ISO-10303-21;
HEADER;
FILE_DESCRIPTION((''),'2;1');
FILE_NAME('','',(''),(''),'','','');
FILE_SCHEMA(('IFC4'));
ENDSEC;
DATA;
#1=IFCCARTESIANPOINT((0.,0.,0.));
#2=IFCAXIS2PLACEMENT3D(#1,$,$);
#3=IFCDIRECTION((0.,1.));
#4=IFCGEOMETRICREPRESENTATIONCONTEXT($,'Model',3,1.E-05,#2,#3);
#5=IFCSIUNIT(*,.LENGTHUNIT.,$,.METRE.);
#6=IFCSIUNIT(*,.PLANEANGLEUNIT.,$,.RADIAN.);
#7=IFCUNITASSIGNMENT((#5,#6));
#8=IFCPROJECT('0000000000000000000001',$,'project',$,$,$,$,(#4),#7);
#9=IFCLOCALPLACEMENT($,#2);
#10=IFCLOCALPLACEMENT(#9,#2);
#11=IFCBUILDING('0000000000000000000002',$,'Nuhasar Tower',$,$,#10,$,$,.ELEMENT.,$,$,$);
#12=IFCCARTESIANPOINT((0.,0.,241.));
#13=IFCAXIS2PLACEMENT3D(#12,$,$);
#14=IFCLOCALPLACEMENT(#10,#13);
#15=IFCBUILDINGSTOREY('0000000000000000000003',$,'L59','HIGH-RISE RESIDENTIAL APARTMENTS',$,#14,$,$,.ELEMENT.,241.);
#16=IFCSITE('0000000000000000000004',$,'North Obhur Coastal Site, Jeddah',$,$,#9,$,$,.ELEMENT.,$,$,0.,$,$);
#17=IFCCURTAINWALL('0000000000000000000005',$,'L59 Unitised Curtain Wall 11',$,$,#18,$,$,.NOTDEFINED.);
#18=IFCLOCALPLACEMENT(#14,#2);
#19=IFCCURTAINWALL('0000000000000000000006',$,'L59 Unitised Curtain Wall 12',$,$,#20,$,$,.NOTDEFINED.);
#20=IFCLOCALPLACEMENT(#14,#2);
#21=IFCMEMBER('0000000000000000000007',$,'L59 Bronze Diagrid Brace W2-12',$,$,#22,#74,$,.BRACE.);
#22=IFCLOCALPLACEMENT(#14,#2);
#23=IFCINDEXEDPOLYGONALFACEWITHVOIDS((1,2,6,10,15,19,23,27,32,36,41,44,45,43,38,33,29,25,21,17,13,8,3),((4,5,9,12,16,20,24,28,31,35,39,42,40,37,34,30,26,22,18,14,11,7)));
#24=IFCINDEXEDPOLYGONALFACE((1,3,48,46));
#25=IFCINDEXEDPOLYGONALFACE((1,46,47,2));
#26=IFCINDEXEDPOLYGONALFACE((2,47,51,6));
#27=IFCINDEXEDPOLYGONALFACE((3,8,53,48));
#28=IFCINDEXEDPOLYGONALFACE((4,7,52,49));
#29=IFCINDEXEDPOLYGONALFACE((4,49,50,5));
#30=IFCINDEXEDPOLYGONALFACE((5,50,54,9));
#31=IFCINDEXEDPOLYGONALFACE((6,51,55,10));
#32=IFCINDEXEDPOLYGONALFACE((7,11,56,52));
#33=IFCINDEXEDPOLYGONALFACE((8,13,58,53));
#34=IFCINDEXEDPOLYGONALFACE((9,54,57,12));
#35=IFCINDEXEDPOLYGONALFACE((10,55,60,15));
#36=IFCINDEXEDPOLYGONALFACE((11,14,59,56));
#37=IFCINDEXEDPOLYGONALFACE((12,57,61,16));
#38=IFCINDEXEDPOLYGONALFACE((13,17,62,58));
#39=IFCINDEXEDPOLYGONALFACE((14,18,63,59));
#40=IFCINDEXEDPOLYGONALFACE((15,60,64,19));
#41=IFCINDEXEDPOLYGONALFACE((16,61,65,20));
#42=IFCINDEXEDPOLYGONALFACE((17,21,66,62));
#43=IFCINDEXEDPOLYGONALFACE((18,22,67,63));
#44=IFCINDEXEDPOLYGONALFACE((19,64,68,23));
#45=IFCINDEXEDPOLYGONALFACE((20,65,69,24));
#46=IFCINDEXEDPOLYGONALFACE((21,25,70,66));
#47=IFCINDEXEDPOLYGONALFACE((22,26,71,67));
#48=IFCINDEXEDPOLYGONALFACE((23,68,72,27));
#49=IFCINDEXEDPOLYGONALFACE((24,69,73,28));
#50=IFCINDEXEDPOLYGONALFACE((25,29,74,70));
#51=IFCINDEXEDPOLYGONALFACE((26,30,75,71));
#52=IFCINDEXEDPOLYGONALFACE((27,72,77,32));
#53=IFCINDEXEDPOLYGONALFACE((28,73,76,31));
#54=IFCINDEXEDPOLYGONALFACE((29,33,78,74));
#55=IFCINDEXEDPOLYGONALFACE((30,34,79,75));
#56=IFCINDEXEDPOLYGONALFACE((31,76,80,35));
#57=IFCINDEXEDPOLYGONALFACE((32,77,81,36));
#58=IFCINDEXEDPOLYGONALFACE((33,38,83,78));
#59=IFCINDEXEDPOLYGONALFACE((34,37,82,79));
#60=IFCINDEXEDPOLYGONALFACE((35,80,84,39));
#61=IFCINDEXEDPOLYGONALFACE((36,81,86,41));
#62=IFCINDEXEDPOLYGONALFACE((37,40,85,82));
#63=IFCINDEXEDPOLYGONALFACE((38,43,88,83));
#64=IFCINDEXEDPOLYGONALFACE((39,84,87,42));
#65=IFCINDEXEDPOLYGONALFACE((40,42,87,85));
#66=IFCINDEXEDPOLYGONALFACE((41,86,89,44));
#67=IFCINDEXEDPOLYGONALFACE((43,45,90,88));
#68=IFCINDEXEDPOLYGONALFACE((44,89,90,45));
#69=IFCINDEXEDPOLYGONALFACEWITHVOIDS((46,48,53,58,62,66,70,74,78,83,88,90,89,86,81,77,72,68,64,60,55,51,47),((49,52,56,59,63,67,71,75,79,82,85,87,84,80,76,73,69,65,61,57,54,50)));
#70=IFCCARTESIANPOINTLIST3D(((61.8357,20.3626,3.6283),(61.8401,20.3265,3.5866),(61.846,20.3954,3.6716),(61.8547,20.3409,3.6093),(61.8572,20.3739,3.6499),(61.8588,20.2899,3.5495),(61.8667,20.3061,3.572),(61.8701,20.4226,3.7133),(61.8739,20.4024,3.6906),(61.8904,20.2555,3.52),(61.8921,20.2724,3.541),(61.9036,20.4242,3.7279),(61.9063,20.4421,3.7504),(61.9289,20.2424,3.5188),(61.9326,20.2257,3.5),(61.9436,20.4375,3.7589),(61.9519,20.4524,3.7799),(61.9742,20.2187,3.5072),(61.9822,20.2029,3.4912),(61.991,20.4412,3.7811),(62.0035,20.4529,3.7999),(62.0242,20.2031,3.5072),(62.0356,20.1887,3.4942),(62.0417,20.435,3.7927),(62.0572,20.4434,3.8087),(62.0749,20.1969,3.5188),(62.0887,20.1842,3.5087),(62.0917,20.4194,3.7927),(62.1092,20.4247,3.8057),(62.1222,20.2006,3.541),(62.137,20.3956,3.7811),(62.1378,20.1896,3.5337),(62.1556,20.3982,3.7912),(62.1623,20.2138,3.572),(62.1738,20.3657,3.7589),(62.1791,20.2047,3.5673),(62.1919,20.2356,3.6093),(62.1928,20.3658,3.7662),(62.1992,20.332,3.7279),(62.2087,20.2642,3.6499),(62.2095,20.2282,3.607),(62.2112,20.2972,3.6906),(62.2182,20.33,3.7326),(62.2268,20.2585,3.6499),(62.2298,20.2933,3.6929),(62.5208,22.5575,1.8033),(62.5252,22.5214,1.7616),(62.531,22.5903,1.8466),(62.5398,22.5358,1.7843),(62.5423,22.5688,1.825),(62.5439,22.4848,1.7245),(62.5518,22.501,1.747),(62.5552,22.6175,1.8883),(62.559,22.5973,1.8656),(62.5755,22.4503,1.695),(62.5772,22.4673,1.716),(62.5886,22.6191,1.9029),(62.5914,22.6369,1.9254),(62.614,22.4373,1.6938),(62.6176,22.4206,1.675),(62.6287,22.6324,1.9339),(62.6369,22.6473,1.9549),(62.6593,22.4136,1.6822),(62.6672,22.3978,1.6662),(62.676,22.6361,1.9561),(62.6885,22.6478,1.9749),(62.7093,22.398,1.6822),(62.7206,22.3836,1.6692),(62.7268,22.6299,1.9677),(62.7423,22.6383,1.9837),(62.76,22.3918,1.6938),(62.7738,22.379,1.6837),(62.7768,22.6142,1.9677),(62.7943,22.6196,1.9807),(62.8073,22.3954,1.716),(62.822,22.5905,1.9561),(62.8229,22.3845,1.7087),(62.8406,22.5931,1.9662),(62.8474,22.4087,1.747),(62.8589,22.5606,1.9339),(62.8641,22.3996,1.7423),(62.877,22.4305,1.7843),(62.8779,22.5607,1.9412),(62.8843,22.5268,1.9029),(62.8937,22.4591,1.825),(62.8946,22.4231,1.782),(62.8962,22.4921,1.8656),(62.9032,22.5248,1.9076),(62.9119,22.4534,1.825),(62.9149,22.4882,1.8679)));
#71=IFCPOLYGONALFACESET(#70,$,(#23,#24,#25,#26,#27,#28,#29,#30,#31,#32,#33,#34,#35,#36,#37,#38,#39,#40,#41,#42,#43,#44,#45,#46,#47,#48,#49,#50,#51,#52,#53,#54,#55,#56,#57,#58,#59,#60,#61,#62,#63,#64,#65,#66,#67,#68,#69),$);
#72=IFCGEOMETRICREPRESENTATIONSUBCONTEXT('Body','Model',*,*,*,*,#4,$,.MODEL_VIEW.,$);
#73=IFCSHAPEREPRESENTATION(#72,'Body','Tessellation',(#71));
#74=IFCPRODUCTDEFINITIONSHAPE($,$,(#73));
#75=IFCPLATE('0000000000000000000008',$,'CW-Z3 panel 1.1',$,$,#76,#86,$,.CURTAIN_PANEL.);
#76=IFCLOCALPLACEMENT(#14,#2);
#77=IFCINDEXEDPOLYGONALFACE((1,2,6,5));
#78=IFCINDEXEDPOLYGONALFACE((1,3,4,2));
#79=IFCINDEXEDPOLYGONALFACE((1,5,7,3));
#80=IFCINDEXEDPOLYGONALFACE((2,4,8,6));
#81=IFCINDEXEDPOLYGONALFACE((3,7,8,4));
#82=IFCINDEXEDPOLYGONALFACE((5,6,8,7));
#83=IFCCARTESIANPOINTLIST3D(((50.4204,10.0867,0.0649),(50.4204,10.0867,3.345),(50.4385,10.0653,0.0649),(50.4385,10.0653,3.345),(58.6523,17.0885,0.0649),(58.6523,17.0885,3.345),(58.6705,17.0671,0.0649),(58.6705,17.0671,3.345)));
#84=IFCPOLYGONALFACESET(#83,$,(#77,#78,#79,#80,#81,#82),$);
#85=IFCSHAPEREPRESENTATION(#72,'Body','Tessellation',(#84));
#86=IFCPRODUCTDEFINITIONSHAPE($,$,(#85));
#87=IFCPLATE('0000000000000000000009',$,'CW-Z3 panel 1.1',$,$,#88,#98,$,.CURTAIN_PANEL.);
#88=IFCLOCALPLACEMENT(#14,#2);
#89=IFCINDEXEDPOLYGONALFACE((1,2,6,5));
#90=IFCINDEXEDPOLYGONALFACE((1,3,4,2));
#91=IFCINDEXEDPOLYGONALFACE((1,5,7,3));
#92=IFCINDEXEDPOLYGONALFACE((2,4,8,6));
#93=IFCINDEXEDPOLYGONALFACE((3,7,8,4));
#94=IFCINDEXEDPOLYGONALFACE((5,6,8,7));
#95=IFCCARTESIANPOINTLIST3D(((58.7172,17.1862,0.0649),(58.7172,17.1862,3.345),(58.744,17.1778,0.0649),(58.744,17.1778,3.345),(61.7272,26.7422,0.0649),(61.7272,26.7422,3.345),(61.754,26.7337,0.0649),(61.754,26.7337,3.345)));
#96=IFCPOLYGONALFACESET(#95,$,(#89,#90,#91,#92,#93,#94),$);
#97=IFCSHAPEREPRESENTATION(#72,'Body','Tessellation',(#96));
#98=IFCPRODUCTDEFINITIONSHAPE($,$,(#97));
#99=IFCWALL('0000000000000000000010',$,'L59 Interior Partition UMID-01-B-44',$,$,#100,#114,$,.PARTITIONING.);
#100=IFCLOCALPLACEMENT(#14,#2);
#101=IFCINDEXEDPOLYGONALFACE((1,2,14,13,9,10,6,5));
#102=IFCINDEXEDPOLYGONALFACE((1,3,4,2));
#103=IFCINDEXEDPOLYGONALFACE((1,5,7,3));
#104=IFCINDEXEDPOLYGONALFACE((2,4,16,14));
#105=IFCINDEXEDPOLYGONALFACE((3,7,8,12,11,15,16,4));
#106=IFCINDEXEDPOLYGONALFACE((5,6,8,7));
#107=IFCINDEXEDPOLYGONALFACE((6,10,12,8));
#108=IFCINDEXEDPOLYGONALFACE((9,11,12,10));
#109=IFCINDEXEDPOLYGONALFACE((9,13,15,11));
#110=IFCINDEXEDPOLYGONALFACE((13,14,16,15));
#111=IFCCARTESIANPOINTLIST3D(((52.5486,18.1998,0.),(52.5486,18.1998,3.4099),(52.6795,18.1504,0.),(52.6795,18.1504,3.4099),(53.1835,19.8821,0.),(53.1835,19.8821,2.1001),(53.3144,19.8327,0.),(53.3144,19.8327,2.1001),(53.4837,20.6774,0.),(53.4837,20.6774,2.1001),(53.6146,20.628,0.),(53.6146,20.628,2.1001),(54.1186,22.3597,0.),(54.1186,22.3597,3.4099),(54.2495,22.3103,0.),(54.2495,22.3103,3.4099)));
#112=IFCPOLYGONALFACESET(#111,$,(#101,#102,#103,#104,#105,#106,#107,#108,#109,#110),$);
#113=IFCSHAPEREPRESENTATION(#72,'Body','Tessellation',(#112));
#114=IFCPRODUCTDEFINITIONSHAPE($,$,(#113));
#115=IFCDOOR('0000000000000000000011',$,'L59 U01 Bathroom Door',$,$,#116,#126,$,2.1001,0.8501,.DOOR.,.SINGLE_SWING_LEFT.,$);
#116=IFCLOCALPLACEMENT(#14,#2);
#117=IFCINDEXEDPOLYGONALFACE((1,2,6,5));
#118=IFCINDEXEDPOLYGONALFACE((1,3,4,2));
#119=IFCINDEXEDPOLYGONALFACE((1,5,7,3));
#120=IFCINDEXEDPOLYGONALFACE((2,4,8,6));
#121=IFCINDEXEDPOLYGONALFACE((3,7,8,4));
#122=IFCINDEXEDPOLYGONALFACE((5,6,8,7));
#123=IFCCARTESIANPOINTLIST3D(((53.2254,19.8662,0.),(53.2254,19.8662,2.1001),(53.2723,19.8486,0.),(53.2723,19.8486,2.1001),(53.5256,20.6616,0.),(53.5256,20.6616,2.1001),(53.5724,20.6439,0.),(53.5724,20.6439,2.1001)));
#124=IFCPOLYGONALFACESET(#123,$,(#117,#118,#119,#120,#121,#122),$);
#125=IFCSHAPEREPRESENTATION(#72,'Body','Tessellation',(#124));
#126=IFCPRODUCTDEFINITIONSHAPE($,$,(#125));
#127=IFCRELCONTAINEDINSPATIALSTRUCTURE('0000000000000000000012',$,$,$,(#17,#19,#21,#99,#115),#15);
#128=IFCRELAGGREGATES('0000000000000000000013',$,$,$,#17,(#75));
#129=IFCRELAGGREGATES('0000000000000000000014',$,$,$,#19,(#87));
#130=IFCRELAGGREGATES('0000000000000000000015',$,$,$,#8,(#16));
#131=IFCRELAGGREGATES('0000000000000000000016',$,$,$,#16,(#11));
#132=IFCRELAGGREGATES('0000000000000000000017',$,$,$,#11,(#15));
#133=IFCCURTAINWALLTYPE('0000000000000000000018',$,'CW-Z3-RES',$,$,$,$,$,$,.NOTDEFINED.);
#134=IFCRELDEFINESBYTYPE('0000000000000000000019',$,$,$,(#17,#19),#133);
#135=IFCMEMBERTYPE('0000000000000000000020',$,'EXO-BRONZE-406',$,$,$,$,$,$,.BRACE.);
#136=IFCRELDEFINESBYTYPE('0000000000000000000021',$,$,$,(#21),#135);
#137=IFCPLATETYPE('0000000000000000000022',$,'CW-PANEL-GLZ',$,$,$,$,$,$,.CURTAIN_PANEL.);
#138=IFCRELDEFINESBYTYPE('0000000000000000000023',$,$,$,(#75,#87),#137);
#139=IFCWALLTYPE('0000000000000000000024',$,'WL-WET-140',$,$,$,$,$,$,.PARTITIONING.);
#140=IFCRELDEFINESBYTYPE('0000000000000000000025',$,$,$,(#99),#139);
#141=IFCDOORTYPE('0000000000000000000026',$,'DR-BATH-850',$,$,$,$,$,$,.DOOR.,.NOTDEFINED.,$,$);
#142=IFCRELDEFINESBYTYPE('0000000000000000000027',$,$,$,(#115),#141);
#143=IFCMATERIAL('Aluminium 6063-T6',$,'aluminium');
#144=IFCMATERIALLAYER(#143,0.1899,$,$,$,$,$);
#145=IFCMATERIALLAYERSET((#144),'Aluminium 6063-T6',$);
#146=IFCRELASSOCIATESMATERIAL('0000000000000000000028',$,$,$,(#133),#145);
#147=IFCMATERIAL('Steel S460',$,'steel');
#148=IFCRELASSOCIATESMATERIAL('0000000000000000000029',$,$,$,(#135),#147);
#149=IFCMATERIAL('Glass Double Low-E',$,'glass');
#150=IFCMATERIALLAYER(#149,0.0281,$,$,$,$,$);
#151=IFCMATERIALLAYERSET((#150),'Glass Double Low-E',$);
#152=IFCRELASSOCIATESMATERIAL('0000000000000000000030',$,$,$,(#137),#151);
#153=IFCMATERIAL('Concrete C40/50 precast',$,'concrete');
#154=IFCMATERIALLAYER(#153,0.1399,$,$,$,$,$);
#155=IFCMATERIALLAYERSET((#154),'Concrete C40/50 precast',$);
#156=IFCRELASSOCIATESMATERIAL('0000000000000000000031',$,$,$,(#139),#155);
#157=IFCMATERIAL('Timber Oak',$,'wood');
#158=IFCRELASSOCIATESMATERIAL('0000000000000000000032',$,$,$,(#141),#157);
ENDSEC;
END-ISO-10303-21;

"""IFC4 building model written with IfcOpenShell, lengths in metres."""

from ifc_helpers import new_model, si_unit, direction, frame, frame_2d, origin, origin_2d, place, context, subcontext, project, spatial, rectangle, hollow_circle, extrude, material, layer, layer_set, material_profile, profile_set, type_object, element, fill, aggregate, save


model = new_model("IFC4")

# Units and contexts
model_context = context("Model", 3, precision=1e-05, world=origin(), true_north=direction((0.0, 1.0)))
body_context = subcontext(model_context, "Body", "Model", "MODEL_VIEW")
ifc_project = project(units=[si_unit("LENGTHUNIT", "METRE"), si_unit("PLANEANGLEUNIT", "RADIAN")], contexts=[model_context])

# Site, building, storey
site_placement = place(None, origin())
site = spatial("IfcSite", under=ifc_project, at=site_placement, Name="North Obhur Coastal Site, Jeddah", CompositionType="ELEMENT", RefElevation=0.0)
building_placement = place(site_placement, origin())
building = spatial("IfcBuilding", under=site, at=building_placement, Name="Nuhasar Tower", CompositionType="ELEMENT")
storey_placement = place(building_placement, frame((0.0, 0.0, 241.0)))
storey = spatial("IfcBuildingStorey", under=building, at=storey_placement, Name="L59", Description="HIGH-RISE RESIDENTIAL APARTMENTS", CompositionType="ELEMENT", Elevation=241.0)

# Curtain wall
ifc_material_1 = material(Name="Aluminium 6063-T6", Category="aluminium")
ifc_layer_1 = layer(ifc_material_1, 0.1899)
ifc_layer_set_1 = layer_set([ifc_layer_1], Name="Aluminium 6063-T6")
curtain_wall_type = type_object("IfcCurtainWallType", Name="CW-Z3-RES", PredefinedType="NOTDEFINED", material=ifc_layer_set_1)
curtain_wall_1_placement = place(storey_placement, origin())
curtain_wall_1 = element("IfcCurtainWall", 1, at=curtain_wall_1_placement, inside=storey, type_object=curtain_wall_type, Name="L59 Unitised Curtain Wall 11", PredefinedType="NOTDEFINED")

# Curtain wall
curtain_wall_2_placement = place(storey_placement, origin())
curtain_wall_2 = element("IfcCurtainWall", 2, at=curtain_wall_2_placement, inside=storey, type_object=curtain_wall_type, Name="L59 Unitised Curtain Wall 12", PredefinedType="NOTDEFINED")

# Member
ifc_material_2 = material(Name="Steel S460", Category="steel")
ifc_material_profile_1 = material_profile(ifc_material_2, hollow_circle(Radius=0.2031, WallThickness=0.019, at=origin_2d()), Name="HSS406.4X19.1")
ifc_profile_set_1 = profile_set([ifc_material_profile_1], Name="Steel S460")
member_type_1 = type_object("IfcMemberType", Name="EXO-BRONZE-406", PredefinedType="BRACE", material=ifc_profile_set_1)
for number, where, z_axis, x_axis, name in (
    (3, (62.718, 22.5139, 1.825), (-0.233372, -0.74769, 0.621689), (0.954582, -0.297948, 0.0), "L59 Bronze Diagrid Brace W2-12"),
):
    element("IfcMember", number, at=place(storey_placement, frame(where, z_axis=z_axis, x_axis=x_axis)), inside=storey, type_object=member_type_1, Name=name, PredefinedType="BRACE", context=body_context, shape_type="SweptSolid", body=[
        extrude(hollow_circle(Radius=0.2031, WallThickness=0.019, at=origin_2d()), origin(), (0.0, 0.0, 1.0), 2.9355),
    ])

# Plates
ifc_material_3 = material(Name="Glass Double Low-E", Category="glass")
ifc_layer_2 = layer(ifc_material_3, 0.0281)
ifc_layer_set_2 = layer_set([ifc_layer_2], Name="Glass Double Low-E")
plate_type = type_object("IfcPlateType", Name="CW-PANEL-GLZ", PredefinedType="CURTAIN_PANEL", material=ifc_layer_set_2)
plate_1_placement = place(storey_placement, frame((54.5454, 13.5769, 0.0649), z_axis=(0.0, 0.0, 1.0), x_axis=(0.761729, 0.647895, 0.0)))
plate_1 = element("IfcPlate", 4, at=plate_1_placement, type_object=plate_type, Name="CW-Z3 panel 1.1", PredefinedType="CURTAIN_PANEL", context=body_context, shape_type="SweptSolid", body=[
    extrude(rectangle(XDim=10.8069, YDim=0.0281, at=origin_2d()), origin(), (0.0, 0.0, 1.0), 3.28),
])
aggregate(curtain_wall_1, [plate_1])
plate_2_placement = place(storey_placement, frame((60.2356, 21.96, 0.0649), z_axis=(0.0, 0.0, 1.0), x_axis=(0.300429, 0.953804, 0.0)))
plate_2 = element("IfcPlate", 5, at=plate_2_placement, type_object=plate_type, Name="CW-Z3 panel 1.1", PredefinedType="CURTAIN_PANEL", context=body_context, shape_type="SweptSolid", body=[
    extrude(rectangle(XDim=10.0188, YDim=0.0281, at=origin_2d()), origin(), (0.0, 0.0, 1.0), 3.28),
])
aggregate(curtain_wall_2, [plate_2])

# Wall, opening, door
ifc_material_4 = material(Name="Concrete C40/50 precast", Category="concrete")
ifc_layer_3 = layer(ifc_material_4, 0.1399)
ifc_layer_set_3 = layer_set([ifc_layer_3], Name="Concrete C40/50 precast")
wall_type = type_object("IfcWallType", Name="WL-WET-140", PredefinedType="PARTITIONING", material=ifc_layer_set_3)
wall_placement = place(storey_placement, frame((54.1841, 22.335, 0.0), z_axis=(0.0, 0.0, 1.0), x_axis=(-0.353114, -0.93558, 0.0)))
wall = element("IfcWall", 6, at=wall_placement, inside=storey, type_object=wall_type, Name="L59 Interior Partition UMID-01-B-44", PredefinedType="PARTITIONING", context=body_context, shape_type="SweptSolid", body=[
    extrude(rectangle(XDim=4.4463, YDim=0.1399, at=frame_2d((2.2231, 0.0))), origin(), (0.0, 0.0, 1.0), 3.4099),
])
opening_placement = place(wall_placement, frame((1.7981, 0.0, 0.0)))
opening = element("IfcOpeningElement", 7, at=opening_placement, cuts=wall, PredefinedType="OPENING", context=body_context, shape_type="SweptSolid", body=[
    extrude(rectangle(XDim=0.8501, YDim=2.1001, at=frame_2d((0.425, 1.05))), frame((0.0, 0.0801, 0.0), z_axis=(0.0, -1.0, 0.0), x_axis=(1.0, 0.0, 0.0)), (0.0, 0.0, 1.0), 0.1599),
])
ifc_material_5 = material(Name="Timber Oak", Category="wood")
door_type = type_object("IfcDoorType", Name="DR-BATH-850", OperationType="NOTDEFINED", PredefinedType="DOOR", material=ifc_material_5)
door_placement = place(opening_placement, origin())
door = element("IfcDoor", 8, at=door_placement, inside=storey, type_object=door_type, Name="L59 U01 Bathroom Door", OperationType="SINGLE_SWING_LEFT", OverallHeight=2.1001, OverallWidth=0.8501, PredefinedType="DOOR", context=body_context, shape_type="SweptSolid", body=[
    extrude(rectangle(XDim=0.8501, YDim=2.1001, at=frame_2d((0.425, 1.05))), frame((0.0, 0.0249, 0.0), z_axis=(0.0, -1.0, 0.0), x_axis=(1.0, 0.0, 0.0)), (0.0, 0.0, 1.0), 0.05),
])
fill(opening, door)

save(model, "model.ifc")
